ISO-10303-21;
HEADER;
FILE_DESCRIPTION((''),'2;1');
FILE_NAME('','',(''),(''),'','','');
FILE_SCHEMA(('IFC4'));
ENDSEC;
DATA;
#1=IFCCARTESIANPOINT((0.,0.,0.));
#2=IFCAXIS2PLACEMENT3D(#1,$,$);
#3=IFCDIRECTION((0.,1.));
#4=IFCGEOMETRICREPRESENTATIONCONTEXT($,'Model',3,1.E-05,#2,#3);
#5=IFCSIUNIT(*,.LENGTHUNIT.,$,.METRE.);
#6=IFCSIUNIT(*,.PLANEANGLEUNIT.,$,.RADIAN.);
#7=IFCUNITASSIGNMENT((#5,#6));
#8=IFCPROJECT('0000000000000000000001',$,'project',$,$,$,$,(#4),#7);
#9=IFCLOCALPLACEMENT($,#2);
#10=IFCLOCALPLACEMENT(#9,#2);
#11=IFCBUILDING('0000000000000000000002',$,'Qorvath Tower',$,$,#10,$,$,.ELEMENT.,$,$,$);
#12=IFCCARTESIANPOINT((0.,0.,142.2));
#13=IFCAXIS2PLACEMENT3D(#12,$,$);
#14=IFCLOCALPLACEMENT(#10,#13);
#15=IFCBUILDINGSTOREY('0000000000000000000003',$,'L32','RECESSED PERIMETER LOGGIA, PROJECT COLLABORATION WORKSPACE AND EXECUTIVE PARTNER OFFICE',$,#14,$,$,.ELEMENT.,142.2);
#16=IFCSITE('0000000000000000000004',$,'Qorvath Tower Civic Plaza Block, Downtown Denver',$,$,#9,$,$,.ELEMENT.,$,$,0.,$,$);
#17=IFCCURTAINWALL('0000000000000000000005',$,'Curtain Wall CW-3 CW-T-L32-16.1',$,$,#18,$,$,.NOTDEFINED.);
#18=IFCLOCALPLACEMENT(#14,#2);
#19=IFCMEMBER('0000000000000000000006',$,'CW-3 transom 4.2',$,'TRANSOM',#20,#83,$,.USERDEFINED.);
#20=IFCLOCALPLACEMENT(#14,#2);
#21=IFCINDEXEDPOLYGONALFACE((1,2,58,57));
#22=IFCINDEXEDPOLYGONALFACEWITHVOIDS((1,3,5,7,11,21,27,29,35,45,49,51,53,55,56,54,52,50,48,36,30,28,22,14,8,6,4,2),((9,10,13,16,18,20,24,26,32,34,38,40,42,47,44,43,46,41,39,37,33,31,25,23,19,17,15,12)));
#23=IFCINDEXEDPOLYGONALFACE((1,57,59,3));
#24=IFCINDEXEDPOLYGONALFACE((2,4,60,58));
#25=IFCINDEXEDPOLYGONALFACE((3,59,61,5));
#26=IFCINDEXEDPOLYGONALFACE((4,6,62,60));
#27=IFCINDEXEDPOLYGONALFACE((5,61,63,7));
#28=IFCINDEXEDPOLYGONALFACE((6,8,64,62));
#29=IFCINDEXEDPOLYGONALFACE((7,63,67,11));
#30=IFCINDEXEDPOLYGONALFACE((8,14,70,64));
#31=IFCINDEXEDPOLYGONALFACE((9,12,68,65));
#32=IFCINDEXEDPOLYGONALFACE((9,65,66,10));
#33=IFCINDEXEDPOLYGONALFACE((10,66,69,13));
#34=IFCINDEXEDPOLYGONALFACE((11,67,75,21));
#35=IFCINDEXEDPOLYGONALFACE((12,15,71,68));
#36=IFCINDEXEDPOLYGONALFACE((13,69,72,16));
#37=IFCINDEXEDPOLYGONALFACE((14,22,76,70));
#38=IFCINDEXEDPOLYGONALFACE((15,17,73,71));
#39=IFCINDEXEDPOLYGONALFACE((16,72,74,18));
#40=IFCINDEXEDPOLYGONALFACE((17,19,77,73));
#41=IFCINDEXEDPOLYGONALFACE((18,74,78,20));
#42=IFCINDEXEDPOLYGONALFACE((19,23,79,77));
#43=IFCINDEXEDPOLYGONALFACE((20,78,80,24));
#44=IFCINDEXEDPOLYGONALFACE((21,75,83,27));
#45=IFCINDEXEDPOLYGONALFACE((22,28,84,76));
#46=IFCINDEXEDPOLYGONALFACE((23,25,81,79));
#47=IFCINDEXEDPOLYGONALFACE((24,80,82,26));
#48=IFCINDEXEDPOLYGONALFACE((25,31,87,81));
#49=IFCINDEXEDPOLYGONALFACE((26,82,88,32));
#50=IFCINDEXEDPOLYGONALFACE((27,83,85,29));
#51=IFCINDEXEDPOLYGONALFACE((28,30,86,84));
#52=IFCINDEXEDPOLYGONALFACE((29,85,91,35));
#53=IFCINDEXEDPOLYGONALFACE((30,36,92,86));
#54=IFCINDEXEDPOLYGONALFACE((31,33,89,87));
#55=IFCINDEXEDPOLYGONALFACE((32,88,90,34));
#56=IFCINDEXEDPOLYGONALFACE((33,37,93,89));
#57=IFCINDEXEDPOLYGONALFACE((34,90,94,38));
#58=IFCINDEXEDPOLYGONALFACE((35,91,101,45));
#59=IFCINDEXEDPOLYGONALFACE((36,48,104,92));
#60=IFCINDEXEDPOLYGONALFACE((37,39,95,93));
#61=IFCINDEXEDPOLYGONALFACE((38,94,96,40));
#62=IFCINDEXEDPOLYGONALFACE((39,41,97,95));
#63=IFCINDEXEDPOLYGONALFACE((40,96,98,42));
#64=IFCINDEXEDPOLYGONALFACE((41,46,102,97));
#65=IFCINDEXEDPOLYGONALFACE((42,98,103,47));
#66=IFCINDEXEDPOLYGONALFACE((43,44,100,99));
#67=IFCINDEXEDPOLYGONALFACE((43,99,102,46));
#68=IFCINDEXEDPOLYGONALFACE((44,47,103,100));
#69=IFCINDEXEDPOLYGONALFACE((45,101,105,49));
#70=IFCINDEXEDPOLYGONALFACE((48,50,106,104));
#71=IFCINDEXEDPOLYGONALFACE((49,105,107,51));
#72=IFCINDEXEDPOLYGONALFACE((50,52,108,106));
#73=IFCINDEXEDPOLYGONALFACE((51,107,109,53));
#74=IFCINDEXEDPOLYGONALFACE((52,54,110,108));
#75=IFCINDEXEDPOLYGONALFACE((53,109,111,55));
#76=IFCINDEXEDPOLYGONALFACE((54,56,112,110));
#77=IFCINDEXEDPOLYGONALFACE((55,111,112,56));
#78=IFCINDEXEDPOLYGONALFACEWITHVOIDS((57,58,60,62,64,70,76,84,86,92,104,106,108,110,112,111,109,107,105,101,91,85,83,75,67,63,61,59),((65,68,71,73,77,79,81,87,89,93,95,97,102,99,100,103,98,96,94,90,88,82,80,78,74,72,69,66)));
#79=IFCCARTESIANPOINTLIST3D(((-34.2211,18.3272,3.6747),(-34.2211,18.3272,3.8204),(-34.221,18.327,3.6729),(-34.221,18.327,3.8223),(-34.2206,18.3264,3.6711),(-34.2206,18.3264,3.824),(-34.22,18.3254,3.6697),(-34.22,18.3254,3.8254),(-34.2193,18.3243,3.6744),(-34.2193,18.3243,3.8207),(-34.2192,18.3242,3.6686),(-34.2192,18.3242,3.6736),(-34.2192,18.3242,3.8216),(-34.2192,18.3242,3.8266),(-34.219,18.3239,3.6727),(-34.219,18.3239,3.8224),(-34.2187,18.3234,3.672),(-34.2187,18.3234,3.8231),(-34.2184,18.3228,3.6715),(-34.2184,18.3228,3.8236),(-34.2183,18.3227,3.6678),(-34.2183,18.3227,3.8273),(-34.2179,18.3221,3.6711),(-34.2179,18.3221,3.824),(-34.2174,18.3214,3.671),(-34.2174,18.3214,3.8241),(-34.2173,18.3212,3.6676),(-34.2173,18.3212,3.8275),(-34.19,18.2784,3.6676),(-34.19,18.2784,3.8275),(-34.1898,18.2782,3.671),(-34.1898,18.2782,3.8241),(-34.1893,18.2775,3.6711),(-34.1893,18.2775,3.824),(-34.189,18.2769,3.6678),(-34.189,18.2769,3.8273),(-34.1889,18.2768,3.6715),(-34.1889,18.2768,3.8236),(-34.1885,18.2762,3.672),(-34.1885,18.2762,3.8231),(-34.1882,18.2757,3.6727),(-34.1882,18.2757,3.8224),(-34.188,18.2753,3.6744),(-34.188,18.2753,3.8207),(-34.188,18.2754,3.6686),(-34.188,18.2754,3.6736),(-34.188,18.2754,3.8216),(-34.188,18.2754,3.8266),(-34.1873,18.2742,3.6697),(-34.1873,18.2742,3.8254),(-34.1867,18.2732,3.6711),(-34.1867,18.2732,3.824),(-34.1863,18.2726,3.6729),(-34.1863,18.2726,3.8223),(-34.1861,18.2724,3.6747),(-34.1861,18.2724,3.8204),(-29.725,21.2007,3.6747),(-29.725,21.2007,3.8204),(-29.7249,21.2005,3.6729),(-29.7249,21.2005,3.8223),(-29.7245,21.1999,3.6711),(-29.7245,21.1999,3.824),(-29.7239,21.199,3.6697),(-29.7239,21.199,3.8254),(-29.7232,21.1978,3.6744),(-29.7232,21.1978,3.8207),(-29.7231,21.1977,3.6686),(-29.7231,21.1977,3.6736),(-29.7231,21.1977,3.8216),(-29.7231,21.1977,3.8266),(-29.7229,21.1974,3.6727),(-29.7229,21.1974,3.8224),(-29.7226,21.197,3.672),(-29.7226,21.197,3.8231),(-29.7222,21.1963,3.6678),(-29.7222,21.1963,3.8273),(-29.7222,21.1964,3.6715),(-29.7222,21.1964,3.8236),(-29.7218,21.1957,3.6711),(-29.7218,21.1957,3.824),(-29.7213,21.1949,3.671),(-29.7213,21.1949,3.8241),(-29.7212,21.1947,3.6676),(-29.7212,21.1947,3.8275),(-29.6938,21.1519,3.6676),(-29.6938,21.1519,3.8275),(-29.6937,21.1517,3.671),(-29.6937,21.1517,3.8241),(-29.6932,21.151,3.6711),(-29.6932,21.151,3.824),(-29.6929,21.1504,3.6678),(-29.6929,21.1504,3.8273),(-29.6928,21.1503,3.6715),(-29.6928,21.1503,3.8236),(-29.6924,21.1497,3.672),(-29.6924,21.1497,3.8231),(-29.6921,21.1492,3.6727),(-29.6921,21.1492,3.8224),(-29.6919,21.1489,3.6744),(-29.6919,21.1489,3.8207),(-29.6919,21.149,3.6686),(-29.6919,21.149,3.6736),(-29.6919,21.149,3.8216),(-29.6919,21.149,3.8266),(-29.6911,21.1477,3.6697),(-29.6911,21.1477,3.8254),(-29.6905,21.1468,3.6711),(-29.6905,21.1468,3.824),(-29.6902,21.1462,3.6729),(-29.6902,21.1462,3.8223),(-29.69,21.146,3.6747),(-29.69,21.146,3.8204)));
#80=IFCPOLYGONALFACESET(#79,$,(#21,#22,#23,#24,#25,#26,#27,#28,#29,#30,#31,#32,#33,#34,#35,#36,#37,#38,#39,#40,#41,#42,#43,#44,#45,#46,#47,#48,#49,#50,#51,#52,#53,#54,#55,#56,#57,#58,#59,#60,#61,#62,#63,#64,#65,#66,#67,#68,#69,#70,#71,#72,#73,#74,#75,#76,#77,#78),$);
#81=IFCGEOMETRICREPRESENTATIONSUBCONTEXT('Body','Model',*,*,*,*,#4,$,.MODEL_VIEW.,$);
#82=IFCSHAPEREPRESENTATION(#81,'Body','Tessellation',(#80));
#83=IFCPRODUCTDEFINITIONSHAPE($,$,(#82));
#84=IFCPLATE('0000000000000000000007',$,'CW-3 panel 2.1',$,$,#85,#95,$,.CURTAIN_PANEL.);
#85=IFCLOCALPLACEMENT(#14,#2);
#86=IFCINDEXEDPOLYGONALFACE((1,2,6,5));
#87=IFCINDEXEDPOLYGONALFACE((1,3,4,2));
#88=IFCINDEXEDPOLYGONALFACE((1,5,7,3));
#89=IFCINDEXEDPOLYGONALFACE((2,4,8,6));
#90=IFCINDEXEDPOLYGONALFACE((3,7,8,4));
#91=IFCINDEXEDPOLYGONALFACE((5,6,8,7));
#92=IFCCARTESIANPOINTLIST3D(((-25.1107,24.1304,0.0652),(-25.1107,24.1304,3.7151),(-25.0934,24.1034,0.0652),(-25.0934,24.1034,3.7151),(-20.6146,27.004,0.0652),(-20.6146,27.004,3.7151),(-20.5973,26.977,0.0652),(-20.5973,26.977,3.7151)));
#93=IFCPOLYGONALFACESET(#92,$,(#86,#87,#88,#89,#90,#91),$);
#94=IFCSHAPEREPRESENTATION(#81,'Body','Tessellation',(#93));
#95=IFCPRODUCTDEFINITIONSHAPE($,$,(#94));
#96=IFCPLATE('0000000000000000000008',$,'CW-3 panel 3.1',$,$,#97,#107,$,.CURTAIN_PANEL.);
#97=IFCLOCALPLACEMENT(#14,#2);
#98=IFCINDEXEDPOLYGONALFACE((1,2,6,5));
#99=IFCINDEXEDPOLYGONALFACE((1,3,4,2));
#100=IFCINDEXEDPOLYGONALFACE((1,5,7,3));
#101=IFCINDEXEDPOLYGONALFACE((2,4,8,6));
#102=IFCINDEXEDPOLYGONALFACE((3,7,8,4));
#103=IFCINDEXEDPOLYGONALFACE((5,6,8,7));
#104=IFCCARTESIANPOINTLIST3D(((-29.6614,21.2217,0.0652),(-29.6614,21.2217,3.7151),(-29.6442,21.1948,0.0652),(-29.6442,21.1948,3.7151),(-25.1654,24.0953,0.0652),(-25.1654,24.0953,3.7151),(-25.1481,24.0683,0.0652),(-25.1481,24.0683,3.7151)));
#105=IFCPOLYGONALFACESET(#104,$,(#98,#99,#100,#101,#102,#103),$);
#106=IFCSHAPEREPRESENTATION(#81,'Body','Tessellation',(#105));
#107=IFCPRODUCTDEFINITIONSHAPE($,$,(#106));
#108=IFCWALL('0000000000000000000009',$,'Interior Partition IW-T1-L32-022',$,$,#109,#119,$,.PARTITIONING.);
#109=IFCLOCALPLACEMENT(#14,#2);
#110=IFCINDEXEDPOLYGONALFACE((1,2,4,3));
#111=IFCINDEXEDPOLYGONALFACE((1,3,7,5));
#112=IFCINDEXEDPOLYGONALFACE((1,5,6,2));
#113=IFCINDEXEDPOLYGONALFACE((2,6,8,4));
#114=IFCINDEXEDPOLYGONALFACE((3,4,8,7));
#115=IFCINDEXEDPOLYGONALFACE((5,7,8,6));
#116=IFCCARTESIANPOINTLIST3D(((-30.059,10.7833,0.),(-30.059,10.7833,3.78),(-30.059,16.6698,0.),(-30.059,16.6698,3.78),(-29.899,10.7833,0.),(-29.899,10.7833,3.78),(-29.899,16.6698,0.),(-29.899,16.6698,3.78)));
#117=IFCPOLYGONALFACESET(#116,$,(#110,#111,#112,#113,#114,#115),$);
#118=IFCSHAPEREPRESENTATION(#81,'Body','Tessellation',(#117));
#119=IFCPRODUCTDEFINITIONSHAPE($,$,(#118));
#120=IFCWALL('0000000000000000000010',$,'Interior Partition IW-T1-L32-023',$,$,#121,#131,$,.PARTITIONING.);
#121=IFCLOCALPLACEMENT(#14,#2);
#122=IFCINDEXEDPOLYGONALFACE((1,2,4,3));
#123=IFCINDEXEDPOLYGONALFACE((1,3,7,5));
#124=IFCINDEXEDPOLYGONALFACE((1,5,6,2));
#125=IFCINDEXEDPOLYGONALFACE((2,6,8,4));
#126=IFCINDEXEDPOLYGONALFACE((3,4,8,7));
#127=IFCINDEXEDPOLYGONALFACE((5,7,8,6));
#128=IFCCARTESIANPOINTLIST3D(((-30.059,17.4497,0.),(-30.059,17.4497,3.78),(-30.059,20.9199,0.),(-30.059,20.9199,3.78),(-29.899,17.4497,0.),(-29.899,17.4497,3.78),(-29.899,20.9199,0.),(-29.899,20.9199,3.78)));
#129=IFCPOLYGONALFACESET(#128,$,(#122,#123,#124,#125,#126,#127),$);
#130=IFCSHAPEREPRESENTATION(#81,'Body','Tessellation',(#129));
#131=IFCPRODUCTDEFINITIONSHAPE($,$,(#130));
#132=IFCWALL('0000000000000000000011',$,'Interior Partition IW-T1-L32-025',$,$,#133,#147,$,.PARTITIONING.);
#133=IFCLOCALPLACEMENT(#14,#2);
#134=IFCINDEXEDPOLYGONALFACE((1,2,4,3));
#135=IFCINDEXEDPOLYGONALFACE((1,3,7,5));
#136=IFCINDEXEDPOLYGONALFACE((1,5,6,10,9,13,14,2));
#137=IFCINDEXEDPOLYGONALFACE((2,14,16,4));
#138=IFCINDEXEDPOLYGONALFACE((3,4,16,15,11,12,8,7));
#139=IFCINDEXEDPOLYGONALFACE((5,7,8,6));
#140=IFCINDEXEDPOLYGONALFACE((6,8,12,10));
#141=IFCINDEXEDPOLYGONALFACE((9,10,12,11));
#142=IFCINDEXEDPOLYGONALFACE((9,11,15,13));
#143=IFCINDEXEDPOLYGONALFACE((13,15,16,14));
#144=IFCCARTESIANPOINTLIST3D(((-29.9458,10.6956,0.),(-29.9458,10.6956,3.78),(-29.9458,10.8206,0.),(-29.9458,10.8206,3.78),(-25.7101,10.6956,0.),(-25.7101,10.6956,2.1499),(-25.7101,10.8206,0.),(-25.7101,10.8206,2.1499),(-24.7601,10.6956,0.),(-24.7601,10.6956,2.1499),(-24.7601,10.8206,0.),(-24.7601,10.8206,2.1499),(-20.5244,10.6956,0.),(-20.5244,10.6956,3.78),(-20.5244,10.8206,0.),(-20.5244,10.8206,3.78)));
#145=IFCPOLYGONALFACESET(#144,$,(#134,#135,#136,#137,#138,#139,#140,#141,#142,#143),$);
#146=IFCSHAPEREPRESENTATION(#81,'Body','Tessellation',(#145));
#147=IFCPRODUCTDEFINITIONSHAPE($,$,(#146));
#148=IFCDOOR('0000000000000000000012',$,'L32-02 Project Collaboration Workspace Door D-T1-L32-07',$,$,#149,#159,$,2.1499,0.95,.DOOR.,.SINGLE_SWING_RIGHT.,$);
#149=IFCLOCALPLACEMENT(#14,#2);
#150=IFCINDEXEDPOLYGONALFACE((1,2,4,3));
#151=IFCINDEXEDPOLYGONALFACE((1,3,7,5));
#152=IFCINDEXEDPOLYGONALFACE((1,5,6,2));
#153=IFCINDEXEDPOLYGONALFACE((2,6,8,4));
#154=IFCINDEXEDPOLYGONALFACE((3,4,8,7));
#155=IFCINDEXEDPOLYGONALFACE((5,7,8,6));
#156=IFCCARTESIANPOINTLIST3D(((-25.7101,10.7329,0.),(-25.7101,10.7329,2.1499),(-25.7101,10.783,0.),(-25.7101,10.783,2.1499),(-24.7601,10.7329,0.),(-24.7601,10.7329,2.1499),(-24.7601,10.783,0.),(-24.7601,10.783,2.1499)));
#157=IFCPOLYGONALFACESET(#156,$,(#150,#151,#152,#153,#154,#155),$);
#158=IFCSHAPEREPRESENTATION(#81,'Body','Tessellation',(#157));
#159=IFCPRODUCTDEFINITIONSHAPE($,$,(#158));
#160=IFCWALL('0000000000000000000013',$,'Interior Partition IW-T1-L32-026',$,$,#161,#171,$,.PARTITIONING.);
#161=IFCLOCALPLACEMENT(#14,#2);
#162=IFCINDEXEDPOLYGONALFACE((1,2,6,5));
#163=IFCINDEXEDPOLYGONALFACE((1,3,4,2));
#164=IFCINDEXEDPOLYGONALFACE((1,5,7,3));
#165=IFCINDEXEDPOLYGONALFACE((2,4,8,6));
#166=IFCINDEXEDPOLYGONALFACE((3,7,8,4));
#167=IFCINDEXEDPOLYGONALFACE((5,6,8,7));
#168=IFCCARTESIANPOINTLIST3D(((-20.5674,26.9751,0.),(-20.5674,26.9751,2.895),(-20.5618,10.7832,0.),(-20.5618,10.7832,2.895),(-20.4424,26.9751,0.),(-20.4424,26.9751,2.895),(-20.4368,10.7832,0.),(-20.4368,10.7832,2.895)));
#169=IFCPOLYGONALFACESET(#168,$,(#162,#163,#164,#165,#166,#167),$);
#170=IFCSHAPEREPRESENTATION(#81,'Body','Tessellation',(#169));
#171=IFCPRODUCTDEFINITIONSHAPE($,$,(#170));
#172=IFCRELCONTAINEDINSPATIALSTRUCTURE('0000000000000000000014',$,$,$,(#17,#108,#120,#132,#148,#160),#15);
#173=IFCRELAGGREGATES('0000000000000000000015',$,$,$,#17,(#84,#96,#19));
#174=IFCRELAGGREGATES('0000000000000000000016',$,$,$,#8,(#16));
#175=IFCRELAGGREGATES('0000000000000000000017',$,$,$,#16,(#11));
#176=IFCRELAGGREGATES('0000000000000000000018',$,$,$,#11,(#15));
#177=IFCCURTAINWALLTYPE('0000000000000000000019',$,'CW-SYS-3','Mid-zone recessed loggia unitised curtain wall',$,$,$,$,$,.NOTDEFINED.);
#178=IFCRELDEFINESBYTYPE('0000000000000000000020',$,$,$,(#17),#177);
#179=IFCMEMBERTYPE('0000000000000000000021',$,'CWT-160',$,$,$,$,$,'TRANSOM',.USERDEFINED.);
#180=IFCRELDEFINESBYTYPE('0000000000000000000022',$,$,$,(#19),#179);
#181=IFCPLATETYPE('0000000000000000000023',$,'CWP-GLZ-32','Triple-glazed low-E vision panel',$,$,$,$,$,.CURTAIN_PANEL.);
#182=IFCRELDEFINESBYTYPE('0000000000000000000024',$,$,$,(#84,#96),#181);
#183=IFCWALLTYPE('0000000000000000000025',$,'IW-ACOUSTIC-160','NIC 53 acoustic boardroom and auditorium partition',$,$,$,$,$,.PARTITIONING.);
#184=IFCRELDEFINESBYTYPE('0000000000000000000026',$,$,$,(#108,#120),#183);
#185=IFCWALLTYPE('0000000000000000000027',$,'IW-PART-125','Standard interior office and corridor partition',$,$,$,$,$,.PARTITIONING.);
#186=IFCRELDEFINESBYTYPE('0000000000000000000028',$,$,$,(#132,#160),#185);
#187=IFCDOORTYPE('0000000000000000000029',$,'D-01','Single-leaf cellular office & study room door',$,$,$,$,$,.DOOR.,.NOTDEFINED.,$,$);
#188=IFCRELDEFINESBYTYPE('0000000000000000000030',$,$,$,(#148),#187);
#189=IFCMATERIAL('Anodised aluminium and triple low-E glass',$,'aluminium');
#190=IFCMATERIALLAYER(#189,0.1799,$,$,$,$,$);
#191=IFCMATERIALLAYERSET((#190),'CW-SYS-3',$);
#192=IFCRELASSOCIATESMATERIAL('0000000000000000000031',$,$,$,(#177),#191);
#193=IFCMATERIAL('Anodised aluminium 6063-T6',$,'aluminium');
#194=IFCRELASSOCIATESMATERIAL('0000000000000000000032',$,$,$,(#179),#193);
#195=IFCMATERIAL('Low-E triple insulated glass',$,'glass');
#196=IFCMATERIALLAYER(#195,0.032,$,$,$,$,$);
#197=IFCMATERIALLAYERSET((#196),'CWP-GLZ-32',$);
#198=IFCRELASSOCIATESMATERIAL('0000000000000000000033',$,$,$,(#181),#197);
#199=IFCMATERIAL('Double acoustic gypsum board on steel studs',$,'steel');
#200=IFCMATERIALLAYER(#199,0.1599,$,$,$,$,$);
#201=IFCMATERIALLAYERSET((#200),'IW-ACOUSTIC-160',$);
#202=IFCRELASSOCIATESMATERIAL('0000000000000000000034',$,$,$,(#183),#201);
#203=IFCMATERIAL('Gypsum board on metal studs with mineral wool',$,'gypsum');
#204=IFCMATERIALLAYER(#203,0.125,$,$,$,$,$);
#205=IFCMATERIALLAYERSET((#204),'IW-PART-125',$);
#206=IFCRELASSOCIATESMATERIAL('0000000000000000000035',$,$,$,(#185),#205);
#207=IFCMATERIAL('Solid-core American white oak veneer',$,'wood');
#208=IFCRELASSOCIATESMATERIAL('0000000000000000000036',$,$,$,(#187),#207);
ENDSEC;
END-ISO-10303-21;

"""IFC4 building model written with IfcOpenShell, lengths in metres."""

from ifc_helpers import new_model, si_unit, direction, frame, frame_2d, origin, origin_2d, place, context, subcontext, project, spatial, rectangle, hollow_rectangle, extrude, material, layer, layer_set, material_profile, profile_set, type_object, element, fill, aggregate, save


model = new_model("IFC4")

# Units and contexts
model_context = context("Model", 3, precision=1e-05, world=origin(), true_north=direction((0.0, 1.0)))
body_context = subcontext(model_context, "Body", "Model", "MODEL_VIEW")
ifc_project = project(units=[si_unit("LENGTHUNIT", "METRE"), si_unit("PLANEANGLEUNIT", "RADIAN")], contexts=[model_context])

# Site, building, storey
site_placement = place(None, origin())
site = spatial("IfcSite", under=ifc_project, at=site_placement, Name="Qorvath Tower Civic Plaza Block, Downtown Denver", CompositionType="ELEMENT", RefElevation=0.0)
building_placement = place(site_placement, origin())
building = spatial("IfcBuilding", under=site, at=building_placement, Name="Qorvath Tower", CompositionType="ELEMENT")
storey_placement = place(building_placement, frame((0.0, 0.0, 142.2)))
storey = spatial("IfcBuildingStorey", under=building, at=storey_placement, Name="L32", Description="RECESSED PERIMETER LOGGIA, PROJECT COLLABORATION WORKSPACE AND EXECUTIVE PARTNER OFFICE", CompositionType="ELEMENT", Elevation=142.2)

# Curtain wall, member, plates
ifc_material_1 = material(Name="Anodised aluminium and triple low-E glass", Category="aluminium")
ifc_layer_1 = layer(ifc_material_1, 0.1799)
ifc_layer_set_1 = layer_set([ifc_layer_1], Name="CW-SYS-3")
curtain_wall_type = type_object("IfcCurtainWallType", Name="CW-SYS-3", Description="Mid-zone recessed loggia unitised curtain wall", PredefinedType="NOTDEFINED", material=ifc_layer_set_1)
curtain_wall_placement = place(storey_placement, origin())
curtain_wall = element("IfcCurtainWall", 1, at=curtain_wall_placement, inside=storey, type_object=curtain_wall_type, Name="Curtain Wall CW-3 CW-T-L32-16.1", PredefinedType="NOTDEFINED")
ifc_material_2 = material(Name="Anodised aluminium 6063-T6", Category="aluminium")
ifc_material_profile_1 = material_profile(ifc_material_2, hollow_rectangle(XDim=0.0649, YDim=0.1599, WallThickness=0.0034, InnerFilletRadius=0.0034, OuterFilletRadius=0.0071, at=origin_2d()), Name="CWT 160x65")
ifc_profile_set_1 = profile_set([ifc_material_profile_1], Name="Anodised aluminium 6063-T6")
member_type_1 = type_object("IfcMemberType", Name="CWT-160", ElementType="TRANSOM", PredefinedType="USERDEFINED", material=ifc_profile_set_1)
member_1_placement = place(storey_placement, frame((-29.7075, 21.1733, 3.7476), z_axis=(-0.842609, -0.538526, 0.0), x_axis=(0.538526, -0.842609, 0.0)))
member_1 = element("IfcMember", 2, at=member_1_placement, type_object=member_type_1, Name="CW-3 transom 4.2", ObjectType="TRANSOM", PredefinedType="USERDEFINED", context=body_context, shape_type="SweptSolid", body=[
    extrude(hollow_rectangle(XDim=0.0649, YDim=0.1599, WallThickness=0.0034, InnerFilletRadius=0.0034, OuterFilletRadius=0.0071, at=origin_2d()), origin(), (0.0, 0.0, 1.0), 5.3359),
])
ifc_material_3 = material(Name="Low-E triple insulated glass", Category="glass")
ifc_layer_2 = layer(ifc_material_3, 0.032)
ifc_layer_set_2 = layer_set([ifc_layer_2], Name="CWP-GLZ-32")
plate_type = type_object("IfcPlateType", Name="CWP-GLZ-32", Description="Triple-glazed low-E vision panel", PredefinedType="CURTAIN_PANEL", material=ifc_layer_set_2)
plate_1_placement = place(storey_placement, frame((-22.854, 25.5537, 0.0652), z_axis=(0.0, 0.0, 1.0), x_axis=(-0.842604, -0.538533, 0.0)))
plate_1 = element("IfcPlate", 3, at=plate_1_placement, type_object=plate_type, Name="CW-3 panel 2.1", PredefinedType="CURTAIN_PANEL", context=body_context, shape_type="SweptSolid", body=[
    extrude(rectangle(XDim=5.3359, YDim=0.032, at=origin_2d()), origin(), (0.0, 0.0, 1.0), 3.6499),
])
plate_2_placement = place(storey_placement, frame((-27.4048, 22.645, 0.0652), z_axis=(0.0, 0.0, 1.0), x_axis=(-0.842604, -0.538533, 0.0)))
plate_2 = element("IfcPlate", 4, at=plate_2_placement, type_object=plate_type, Name="CW-3 panel 3.1", PredefinedType="CURTAIN_PANEL", context=body_context, shape_type="SweptSolid", body=[
    extrude(rectangle(XDim=5.3359, YDim=0.032, at=origin_2d()), origin(), (0.0, 0.0, 1.0), 3.6499),
])
aggregate(curtain_wall, [plate_1, plate_2, member_1])

# Walls
ifc_material_4 = material(Name="Double acoustic gypsum board on steel studs", Category="steel")
ifc_layer_3 = layer(ifc_material_4, 0.1599)
ifc_layer_set_3 = layer_set([ifc_layer_3], Name="IW-ACOUSTIC-160")
wall_type_1 = type_object("IfcWallType", Name="IW-ACOUSTIC-160", Description="NIC 53 acoustic boardroom and auditorium partition", PredefinedType="PARTITIONING", material=ifc_layer_set_3)
wall_1_placement = place(storey_placement, frame((-29.979, 10.7832, 0.0), z_axis=(0.0, 0.0, 1.0), x_axis=(0.0, 1.0, 0.0)))
element("IfcWall", 5, at=wall_1_placement, inside=storey, type_object=wall_type_1, Name="Interior Partition IW-T1-L32-022", PredefinedType="PARTITIONING", context=body_context, shape_type="SweptSolid", body=[
    extrude(rectangle(XDim=5.8865, YDim=0.1599, at=frame_2d((2.9434, 0.0))), origin(), (0.0, 0.0, 1.0), 3.78),
])
wall_2_placement = place(storey_placement, frame((-29.979, 17.4497, 0.0), z_axis=(0.0, 0.0, 1.0), x_axis=(0.0, 1.0, 0.0)))
element("IfcWall", 6, at=wall_2_placement, inside=storey, type_object=wall_type_1, Name="Interior Partition IW-T1-L32-023", PredefinedType="PARTITIONING", context=body_context, shape_type="SweptSolid", body=[
    extrude(rectangle(XDim=3.4702, YDim=0.1599, at=frame_2d((1.7351, 0.0))), origin(), (0.0, 0.0, 1.0), 3.78),
])

# Wall, opening, door
ifc_material_5 = material(Name="Gypsum board on metal studs with mineral wool", Category="gypsum")
ifc_layer_4 = layer(ifc_material_5, 0.125)
ifc_layer_set_4 = layer_set([ifc_layer_4], Name="IW-PART-125")
wall_type_2 = type_object("IfcWallType", Name="IW-PART-125", Description="Standard interior office and corridor partition", PredefinedType="PARTITIONING", material=ifc_layer_set_4)
wall_3_placement = place(storey_placement, frame((-29.9458, 10.7581, 0.0), z_axis=(0.0, 0.0, 1.0), x_axis=(1.0, 0.0, 0.0)))
wall_3 = element("IfcWall", 7, at=wall_3_placement, inside=storey, type_object=wall_type_2, Name="Interior Partition IW-T1-L32-025", PredefinedType="PARTITIONING", context=body_context, shape_type="SweptSolid", body=[
    extrude(rectangle(XDim=9.4214, YDim=0.125, at=frame_2d((4.7107, 0.0))), origin(), (0.0, 0.0, 1.0), 3.78),
])
opening_1_placement = place(wall_3_placement, frame((4.2356, 0.0, 0.0)))
opening_1 = element("IfcOpeningElement", 8, at=opening_1_placement, cuts=wall_3, PredefinedType="OPENING", context=body_context, shape_type="SweptSolid", body=[
    extrude(rectangle(XDim=0.95, YDim=2.1499, at=frame_2d((0.4751, 1.075))), frame((0.0, 0.0725, 0.0), z_axis=(0.0, -1.0, 0.0), x_axis=(1.0, 0.0, 0.0)), (0.0, 0.0, 1.0), 0.145),
])
ifc_material_6 = material(Name="Solid-core American white oak veneer", Category="wood")
door_type = type_object("IfcDoorType", Name="D-01", Description="Single-leaf cellular office & study room door", OperationType="NOTDEFINED", PredefinedType="DOOR", material=ifc_material_6)
door_1_placement = place(opening_1_placement, origin())
door_1 = element("IfcDoor", 9, at=door_1_placement, inside=storey, type_object=door_type, Name="L32-02 Project Collaboration Workspace Door D-T1-L32-07", OperationType="SINGLE_SWING_RIGHT", OverallHeight=2.1499, OverallWidth=0.95, PredefinedType="DOOR", context=body_context, shape_type="SweptSolid", body=[
    extrude(rectangle(XDim=0.95, YDim=2.1499, at=frame_2d((0.4751, 1.075))), frame((0.0, 0.0249, 0.0), z_axis=(0.0, -1.0, 0.0), x_axis=(1.0, 0.0, 0.0)), (0.0, 0.0, 1.0), 0.05),
])
fill(opening_1, door_1)

# Wall
wall_4_placement = place(storey_placement, frame((-20.4993, 10.7832, 0.0), z_axis=(0.0, 0.0, 1.0), x_axis=(-0.000347, 1.0, 0.0)))
element("IfcWall", 10, at=wall_4_placement, inside=storey, type_object=wall_type_2, Name="Interior Partition IW-T1-L32-026", PredefinedType="PARTITIONING", context=body_context, shape_type="SweptSolid", body=[
    extrude(rectangle(XDim=16.1919, YDim=0.125, at=frame_2d((8.0959, 0.0))), origin(), (0.0, 0.0, 1.0), 2.895),
])

save(model, "model.ifc")
